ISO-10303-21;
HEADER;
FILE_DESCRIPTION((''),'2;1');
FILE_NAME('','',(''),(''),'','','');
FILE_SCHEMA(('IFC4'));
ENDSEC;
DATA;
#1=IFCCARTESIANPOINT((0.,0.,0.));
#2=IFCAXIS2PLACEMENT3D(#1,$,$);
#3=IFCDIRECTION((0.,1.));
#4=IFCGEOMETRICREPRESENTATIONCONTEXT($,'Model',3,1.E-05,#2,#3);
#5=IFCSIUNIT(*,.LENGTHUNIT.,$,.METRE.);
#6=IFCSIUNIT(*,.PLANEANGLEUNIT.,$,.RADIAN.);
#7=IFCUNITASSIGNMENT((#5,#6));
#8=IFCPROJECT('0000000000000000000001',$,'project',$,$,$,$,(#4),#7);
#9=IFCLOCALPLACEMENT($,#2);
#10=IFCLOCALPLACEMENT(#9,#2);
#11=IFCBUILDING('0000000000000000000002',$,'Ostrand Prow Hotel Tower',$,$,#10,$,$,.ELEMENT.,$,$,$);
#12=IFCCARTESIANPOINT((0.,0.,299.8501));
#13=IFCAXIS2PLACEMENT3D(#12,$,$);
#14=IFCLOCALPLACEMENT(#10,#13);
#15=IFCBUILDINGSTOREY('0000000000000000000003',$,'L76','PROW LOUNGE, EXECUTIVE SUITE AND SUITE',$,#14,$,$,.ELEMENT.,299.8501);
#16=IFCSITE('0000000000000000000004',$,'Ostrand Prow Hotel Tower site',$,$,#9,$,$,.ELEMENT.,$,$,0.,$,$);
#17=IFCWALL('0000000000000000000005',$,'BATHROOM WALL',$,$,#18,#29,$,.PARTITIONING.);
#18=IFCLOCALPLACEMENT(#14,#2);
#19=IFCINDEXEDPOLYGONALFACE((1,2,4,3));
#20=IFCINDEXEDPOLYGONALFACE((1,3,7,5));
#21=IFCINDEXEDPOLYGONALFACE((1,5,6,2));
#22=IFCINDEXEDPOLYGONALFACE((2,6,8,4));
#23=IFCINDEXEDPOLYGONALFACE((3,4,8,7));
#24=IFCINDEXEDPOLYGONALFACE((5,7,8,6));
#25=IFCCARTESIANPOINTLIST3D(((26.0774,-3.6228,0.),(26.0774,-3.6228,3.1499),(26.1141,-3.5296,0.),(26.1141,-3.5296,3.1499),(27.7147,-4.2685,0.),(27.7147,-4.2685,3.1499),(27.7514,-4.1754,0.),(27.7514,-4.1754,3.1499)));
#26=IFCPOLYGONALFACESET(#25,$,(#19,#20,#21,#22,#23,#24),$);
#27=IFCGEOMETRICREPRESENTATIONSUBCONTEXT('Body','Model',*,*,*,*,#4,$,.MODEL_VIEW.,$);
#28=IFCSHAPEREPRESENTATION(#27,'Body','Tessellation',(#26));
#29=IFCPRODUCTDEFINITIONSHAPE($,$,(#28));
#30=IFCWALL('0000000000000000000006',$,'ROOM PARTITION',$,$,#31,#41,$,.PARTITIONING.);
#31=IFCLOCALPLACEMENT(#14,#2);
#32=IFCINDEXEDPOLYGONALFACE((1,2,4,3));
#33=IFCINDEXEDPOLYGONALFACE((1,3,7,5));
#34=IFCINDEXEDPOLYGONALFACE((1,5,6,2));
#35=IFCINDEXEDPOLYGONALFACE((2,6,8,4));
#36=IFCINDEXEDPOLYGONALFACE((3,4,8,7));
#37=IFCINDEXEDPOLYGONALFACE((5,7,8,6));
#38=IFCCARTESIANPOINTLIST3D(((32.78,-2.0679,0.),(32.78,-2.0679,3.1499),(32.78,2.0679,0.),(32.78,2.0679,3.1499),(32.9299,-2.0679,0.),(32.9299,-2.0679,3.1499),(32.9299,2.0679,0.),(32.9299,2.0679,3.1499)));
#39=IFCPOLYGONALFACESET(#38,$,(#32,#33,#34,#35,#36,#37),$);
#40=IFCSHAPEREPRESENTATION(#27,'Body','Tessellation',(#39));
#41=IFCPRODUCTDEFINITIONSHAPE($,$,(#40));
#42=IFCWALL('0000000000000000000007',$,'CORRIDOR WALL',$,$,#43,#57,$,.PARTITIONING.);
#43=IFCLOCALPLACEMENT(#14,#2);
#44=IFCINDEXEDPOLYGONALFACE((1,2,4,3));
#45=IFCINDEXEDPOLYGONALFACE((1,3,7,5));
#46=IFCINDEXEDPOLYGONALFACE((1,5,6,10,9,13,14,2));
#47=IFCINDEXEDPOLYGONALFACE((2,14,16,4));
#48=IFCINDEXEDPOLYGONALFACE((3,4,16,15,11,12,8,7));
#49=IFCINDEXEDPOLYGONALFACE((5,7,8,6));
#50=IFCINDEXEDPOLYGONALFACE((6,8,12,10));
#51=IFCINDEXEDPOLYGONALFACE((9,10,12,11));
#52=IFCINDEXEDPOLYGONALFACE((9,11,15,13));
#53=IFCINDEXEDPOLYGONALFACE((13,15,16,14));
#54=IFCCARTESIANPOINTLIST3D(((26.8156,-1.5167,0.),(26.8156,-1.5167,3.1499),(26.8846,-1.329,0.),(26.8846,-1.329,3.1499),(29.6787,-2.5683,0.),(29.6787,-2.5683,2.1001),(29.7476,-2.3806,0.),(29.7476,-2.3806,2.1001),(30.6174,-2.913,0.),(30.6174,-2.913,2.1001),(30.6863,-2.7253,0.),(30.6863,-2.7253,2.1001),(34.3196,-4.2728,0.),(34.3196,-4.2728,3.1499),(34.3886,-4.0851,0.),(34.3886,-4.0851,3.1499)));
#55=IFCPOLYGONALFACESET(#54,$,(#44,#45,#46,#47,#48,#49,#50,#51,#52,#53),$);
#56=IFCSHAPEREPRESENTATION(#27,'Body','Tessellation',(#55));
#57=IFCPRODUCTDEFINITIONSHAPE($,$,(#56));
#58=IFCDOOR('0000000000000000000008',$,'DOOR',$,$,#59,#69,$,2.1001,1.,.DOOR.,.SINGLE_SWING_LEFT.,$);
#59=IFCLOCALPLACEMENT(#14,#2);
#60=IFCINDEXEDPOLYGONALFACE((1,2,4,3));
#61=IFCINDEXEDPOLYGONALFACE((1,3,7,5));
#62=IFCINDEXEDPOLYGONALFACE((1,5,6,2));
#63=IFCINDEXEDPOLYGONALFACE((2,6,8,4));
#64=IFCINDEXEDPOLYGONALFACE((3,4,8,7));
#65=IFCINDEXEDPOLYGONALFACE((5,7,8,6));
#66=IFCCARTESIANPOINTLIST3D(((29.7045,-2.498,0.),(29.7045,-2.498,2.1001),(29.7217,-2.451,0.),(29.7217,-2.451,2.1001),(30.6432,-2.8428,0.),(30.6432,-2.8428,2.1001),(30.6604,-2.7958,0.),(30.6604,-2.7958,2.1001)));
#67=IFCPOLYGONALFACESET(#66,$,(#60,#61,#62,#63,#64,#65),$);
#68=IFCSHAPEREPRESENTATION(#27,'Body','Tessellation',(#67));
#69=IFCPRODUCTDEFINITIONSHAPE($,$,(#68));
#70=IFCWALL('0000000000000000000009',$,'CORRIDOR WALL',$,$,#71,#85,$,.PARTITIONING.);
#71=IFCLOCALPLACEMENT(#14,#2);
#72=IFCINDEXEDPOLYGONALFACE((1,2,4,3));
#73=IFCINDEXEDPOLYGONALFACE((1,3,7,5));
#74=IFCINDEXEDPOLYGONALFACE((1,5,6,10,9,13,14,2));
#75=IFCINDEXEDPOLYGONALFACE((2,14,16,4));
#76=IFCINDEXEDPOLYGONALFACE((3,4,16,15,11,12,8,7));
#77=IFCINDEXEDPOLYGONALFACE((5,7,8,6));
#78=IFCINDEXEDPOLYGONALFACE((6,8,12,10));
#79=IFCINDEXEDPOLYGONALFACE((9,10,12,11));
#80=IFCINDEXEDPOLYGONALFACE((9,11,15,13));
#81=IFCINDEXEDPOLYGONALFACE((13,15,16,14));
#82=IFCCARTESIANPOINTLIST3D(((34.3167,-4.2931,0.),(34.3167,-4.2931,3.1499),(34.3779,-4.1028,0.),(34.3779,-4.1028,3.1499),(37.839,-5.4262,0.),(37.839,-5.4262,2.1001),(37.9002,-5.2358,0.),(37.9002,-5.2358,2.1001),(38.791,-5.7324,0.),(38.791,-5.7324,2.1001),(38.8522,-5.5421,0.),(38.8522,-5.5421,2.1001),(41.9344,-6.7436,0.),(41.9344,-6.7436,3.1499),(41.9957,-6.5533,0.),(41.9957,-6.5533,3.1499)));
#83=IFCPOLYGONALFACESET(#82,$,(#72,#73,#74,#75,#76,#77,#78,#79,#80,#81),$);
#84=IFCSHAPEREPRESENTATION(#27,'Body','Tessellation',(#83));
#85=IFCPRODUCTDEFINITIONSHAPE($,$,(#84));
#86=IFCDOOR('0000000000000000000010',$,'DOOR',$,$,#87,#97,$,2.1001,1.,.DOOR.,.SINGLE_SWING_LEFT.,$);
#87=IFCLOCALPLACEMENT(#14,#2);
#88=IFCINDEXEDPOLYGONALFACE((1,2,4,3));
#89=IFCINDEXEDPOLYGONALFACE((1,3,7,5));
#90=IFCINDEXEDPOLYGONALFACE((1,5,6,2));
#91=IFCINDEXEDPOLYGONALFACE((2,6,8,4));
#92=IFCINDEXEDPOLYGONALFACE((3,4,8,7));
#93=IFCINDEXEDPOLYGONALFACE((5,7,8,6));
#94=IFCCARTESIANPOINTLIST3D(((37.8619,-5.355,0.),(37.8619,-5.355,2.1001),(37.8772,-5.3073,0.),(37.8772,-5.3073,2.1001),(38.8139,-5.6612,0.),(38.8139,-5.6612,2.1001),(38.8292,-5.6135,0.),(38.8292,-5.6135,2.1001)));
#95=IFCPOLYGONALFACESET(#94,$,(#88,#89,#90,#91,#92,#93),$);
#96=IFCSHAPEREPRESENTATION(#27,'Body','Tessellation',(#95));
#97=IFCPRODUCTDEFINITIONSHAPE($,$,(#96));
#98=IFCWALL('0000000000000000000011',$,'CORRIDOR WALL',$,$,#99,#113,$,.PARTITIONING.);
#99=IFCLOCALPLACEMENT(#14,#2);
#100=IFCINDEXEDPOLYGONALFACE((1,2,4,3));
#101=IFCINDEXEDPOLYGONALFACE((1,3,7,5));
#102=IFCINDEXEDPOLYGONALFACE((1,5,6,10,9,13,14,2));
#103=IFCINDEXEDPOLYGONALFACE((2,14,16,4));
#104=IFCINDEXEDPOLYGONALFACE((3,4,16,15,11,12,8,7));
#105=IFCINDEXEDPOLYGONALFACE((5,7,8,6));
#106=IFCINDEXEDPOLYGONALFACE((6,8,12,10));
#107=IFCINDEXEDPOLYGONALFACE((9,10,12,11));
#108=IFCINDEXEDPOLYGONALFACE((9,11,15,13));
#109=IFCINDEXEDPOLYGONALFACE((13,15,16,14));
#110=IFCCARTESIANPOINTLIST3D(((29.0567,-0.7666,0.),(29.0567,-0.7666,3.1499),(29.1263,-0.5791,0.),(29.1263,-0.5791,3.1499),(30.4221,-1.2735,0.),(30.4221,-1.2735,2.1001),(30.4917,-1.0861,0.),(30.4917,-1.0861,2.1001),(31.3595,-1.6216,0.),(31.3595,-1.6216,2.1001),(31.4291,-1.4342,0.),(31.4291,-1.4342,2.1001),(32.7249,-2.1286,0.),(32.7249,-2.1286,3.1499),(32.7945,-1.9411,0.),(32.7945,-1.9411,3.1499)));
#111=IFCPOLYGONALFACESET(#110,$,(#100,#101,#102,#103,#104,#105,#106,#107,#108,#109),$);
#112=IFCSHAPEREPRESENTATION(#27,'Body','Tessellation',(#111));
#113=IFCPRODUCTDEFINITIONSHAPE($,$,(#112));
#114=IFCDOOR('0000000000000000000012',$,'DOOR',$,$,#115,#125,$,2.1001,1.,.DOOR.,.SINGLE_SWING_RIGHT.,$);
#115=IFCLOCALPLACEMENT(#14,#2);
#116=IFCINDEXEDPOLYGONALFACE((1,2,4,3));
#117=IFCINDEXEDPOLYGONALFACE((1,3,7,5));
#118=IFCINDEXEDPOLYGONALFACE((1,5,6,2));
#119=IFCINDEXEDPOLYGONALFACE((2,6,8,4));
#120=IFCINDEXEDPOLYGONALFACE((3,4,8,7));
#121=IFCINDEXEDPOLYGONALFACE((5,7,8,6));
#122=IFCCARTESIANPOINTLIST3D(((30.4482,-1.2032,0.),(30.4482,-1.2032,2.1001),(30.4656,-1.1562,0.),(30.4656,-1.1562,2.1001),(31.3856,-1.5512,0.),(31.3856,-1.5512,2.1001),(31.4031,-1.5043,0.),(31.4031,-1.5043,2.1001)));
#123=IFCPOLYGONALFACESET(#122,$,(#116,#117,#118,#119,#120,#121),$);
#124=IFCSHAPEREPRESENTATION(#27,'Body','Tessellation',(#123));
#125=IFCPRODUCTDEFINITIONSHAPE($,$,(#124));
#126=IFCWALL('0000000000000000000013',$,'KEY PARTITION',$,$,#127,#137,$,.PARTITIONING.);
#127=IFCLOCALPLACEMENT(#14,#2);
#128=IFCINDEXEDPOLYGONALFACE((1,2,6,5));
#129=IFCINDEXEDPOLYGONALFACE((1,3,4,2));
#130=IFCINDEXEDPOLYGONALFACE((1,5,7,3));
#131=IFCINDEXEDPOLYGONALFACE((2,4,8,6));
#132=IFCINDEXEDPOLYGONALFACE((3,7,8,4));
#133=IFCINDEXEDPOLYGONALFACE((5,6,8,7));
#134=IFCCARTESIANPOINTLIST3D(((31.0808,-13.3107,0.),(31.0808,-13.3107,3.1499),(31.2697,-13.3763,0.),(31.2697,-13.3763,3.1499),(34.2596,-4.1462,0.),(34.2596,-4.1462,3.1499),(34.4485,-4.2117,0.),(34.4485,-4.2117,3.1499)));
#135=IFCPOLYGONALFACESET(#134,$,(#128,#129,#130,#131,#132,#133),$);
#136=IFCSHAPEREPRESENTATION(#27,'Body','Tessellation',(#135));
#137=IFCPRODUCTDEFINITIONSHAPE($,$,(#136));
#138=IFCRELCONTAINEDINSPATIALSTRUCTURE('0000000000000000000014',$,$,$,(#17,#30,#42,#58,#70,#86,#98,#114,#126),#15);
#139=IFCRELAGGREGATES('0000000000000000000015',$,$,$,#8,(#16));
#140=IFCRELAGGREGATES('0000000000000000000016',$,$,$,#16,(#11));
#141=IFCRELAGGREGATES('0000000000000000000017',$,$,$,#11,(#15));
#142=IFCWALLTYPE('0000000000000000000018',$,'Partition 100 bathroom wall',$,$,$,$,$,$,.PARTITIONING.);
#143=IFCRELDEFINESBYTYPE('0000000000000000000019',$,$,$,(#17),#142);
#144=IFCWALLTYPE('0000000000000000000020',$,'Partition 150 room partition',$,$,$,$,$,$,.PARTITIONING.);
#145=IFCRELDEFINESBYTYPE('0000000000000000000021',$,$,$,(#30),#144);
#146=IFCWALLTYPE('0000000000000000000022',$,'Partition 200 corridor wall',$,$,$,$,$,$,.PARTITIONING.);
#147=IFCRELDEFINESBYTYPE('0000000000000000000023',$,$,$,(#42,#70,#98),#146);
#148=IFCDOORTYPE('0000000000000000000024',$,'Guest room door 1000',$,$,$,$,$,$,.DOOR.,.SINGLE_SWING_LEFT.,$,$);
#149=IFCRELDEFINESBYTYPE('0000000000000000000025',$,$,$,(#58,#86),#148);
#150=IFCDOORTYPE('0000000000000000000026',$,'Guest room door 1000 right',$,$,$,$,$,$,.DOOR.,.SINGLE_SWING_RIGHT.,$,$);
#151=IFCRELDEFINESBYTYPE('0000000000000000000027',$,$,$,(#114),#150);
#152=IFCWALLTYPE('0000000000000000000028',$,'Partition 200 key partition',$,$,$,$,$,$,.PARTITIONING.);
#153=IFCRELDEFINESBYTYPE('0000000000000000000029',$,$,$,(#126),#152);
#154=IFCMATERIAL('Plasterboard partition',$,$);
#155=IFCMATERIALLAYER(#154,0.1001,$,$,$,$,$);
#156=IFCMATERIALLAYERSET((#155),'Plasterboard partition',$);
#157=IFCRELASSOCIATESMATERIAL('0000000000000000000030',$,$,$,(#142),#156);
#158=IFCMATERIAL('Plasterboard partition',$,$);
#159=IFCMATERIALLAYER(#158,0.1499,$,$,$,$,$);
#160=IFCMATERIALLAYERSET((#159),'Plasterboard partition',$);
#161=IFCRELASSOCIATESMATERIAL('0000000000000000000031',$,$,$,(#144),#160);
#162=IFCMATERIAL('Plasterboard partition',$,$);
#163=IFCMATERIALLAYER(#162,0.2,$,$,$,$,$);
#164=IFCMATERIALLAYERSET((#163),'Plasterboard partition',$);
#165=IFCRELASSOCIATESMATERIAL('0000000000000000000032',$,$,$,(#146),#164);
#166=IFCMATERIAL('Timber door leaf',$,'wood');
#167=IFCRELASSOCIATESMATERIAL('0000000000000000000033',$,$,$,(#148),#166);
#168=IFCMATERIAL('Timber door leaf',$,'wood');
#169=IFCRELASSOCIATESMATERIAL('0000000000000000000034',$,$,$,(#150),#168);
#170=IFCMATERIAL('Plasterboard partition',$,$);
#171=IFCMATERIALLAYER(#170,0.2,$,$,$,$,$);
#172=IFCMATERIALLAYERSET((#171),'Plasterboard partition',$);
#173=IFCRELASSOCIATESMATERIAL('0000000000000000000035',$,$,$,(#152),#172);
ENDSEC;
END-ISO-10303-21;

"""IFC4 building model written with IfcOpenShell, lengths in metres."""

from ifc_helpers import new_model, si_unit, direction, frame, frame_2d, origin, place, context, subcontext, project, spatial, rectangle, extrude, material, layer, layer_set, type_object, element, fill, save


model = new_model("IFC4")

# Units and contexts
model_context = context("Model", 3, precision=1e-05, world=origin(), true_north=direction((0.0, 1.0)))
body_context = subcontext(model_context, "Body", "Model", "MODEL_VIEW")
ifc_project = project(units=[si_unit("LENGTHUNIT", "METRE"), si_unit("PLANEANGLEUNIT", "RADIAN")], contexts=[model_context])

# Site, building, storey
site_placement = place(None, origin())
site = spatial("IfcSite", under=ifc_project, at=site_placement, Name="Ostrand Prow Hotel Tower site", CompositionType="ELEMENT", RefElevation=0.0)
building_placement = place(site_placement, origin())
building = spatial("IfcBuilding", under=site, at=building_placement, Name="Ostrand Prow Hotel Tower", CompositionType="ELEMENT")
storey_placement = place(building_placement, frame((0.0, 0.0, 299.8501)))
storey = spatial("IfcBuildingStorey", under=building, at=storey_placement, Name="L76", Description="PROW LOUNGE, EXECUTIVE SUITE AND SUITE", CompositionType="ELEMENT", Elevation=299.8501)

# Shared definitions
ifc_material_1 = material(Name="Plasterboard partition")
ifc_layer_1 = layer(ifc_material_1, 0.1001)
ifc_layer_set_1 = layer_set([ifc_layer_1], Name="Plasterboard partition")
wall_type_1 = type_object("IfcWallType", Name="Partition 100 bathroom wall", PredefinedType="PARTITIONING", material=ifc_layer_set_1)

# Walls
wall_1_placement = place(storey_placement, frame((27.7329, -4.2219, 0.0), z_axis=(0.0, 0.0, 1.0), x_axis=(-0.930255, 0.366914, 0.0)))
element("IfcWall", 1, at=wall_1_placement, inside=storey, type_object=wall_type_1, Name="BATHROOM WALL", PredefinedType="PARTITIONING", context=body_context, shape_type="SweptSolid", body=[
    extrude(rectangle(XDim=1.76, YDim=0.1001, at=frame_2d((0.8799, 0.0))), origin(), (0.0, 0.0, 1.0), 3.1499),
])
ifc_material_2 = material(Name="Plasterboard partition")
ifc_layer_2 = layer(ifc_material_2, 0.1499)
ifc_layer_set_2 = layer_set([ifc_layer_2], Name="Plasterboard partition")
wall_type_2 = type_object("IfcWallType", Name="Partition 150 room partition", PredefinedType="PARTITIONING", material=ifc_layer_set_2)
wall_2_placement = place(storey_placement, frame((32.855, -2.0679, 0.0), z_axis=(0.0, 0.0, 1.0), x_axis=(0.0, 1.0, 0.0)))
element("IfcWall", 2, at=wall_2_placement, inside=storey, type_object=wall_type_2, Name="ROOM PARTITION", PredefinedType="PARTITIONING", context=body_context, shape_type="SweptSolid", body=[
    extrude(rectangle(XDim=4.1357, YDim=0.1499, at=frame_2d((2.0679, 0.0))), origin(), (0.0, 0.0, 1.0), 3.1499),
])

# Walls, openings, doors
ifc_material_3 = material(Name="Plasterboard partition")
ifc_layer_3 = layer(ifc_material_3, 0.2)
ifc_layer_set_3 = layer_set([ifc_layer_3], Name="Plasterboard partition")
wall_type_3 = type_object("IfcWallType", Name="Partition 200 corridor wall", PredefinedType="PARTITIONING", material=ifc_layer_set_3)
wall_3_placement = place(storey_placement, frame((26.8501, -1.4229, 0.0), z_axis=(0.0, 0.0, 1.0), x_axis=(0.938687, -0.34477, 0.0)))
wall_3 = element("IfcWall", 3, at=wall_3_placement, inside=storey, type_object=wall_type_3, Name="CORRIDOR WALL", PredefinedType="PARTITIONING", context=body_context, shape_type="SweptSolid", body=[
    extrude(rectangle(XDim=7.9941, YDim=0.2, at=frame_2d((3.9971, 0.0))), origin(), (0.0, 0.0, 1.0), 3.1499),
])
opening_1_placement = place(wall_3_placement, frame((3.05, 0.0, 0.0)))
opening_1 = element("IfcOpeningElement", 4, at=opening_1_placement, cuts=wall_3, PredefinedType="OPENING", context=body_context, shape_type="SweptSolid", body=[
    extrude(rectangle(XDim=1.0, YDim=2.1001, at=frame_2d((0.5, 1.05))), frame((0.0, 0.1099, 0.0), z_axis=(0.0, -1.0, 0.0), x_axis=(1.0, 0.0, 0.0)), (0.0, 0.0, 1.0), 0.22),
])
ifc_material_4 = material(Name="Timber door leaf", Category="wood")
door_type_1 = type_object("IfcDoorType", Name="Guest room door 1000", OperationType="SINGLE_SWING_LEFT", PredefinedType="DOOR", material=ifc_material_4)
door_1_placement = place(opening_1_placement, origin())
door_1 = element("IfcDoor", 5, at=door_1_placement, inside=storey, type_object=door_type_1, Name="DOOR", OperationType="SINGLE_SWING_LEFT", OverallHeight=2.1001, OverallWidth=1.0, PredefinedType="DOOR", context=body_context, shape_type="SweptSolid", body=[
    extrude(rectangle(XDim=1.0, YDim=2.1001, at=frame_2d((0.5, 1.05))), frame((0.0, 0.0249, 0.0), z_axis=(0.0, -1.0, 0.0), x_axis=(1.0, 0.0, 0.0)), (0.0, 0.0, 1.0), 0.05),
])
fill(opening_1, door_1)
wall_4_placement = place(storey_placement, frame((34.3474, -4.198, 0.0), z_axis=(0.0, 0.0, 1.0), x_axis=(0.951959, -0.306224, 0.0)))
wall_4 = element("IfcWall", 6, at=wall_4_placement, inside=storey, type_object=wall_type_3, Name="CORRIDOR WALL", PredefinedType="PARTITIONING", context=body_context, shape_type="SweptSolid", body=[
    extrude(rectangle(XDim=8.0022, YDim=0.2, at=frame_2d((4.001, 0.0))), origin(), (0.0, 0.0, 1.0), 3.1499),
])
opening_2_placement = place(wall_4_placement, frame((3.7, 0.0, 0.0)))
opening_2 = element("IfcOpeningElement", 7, at=opening_2_placement, cuts=wall_4, PredefinedType="OPENING", context=body_context, shape_type="SweptSolid", body=[
    extrude(rectangle(XDim=1.0, YDim=2.1001, at=frame_2d((0.5, 1.05))), frame((0.0, 0.1099, 0.0), z_axis=(0.0, -1.0, 0.0), x_axis=(1.0, 0.0, 0.0)), (0.0, 0.0, 1.0), 0.22),
])
door_2_placement = place(opening_2_placement, origin())
door_2 = element("IfcDoor", 8, at=door_2_placement, inside=storey, type_object=door_type_1, Name="DOOR", OperationType="SINGLE_SWING_LEFT", OverallHeight=2.1001, OverallWidth=1.0, PredefinedType="DOOR", context=body_context, shape_type="SweptSolid", body=[
    extrude(rectangle(XDim=1.0, YDim=2.1001, at=frame_2d((0.5, 1.05))), frame((0.0, 0.0249, 0.0), z_axis=(0.0, -1.0, 0.0), x_axis=(1.0, 0.0, 0.0)), (0.0, 0.0, 1.0), 0.05),
])
fill(opening_2, door_2)
wall_5_placement = place(storey_placement, frame((32.7598, -2.0349, 0.0), z_axis=(0.0, 0.0, 1.0), x_axis=(-0.93746, 0.348093, 0.0)))
wall_5 = element("IfcWall", 9, at=wall_5_placement, inside=storey, type_object=wall_type_3, Name="CORRIDOR WALL", PredefinedType="PARTITIONING", context=body_context, shape_type="SweptSolid", body=[
    extrude(rectangle(XDim=3.9128, YDim=0.2, at=frame_2d((1.9565, 0.0))), origin(), (0.0, 0.0, 1.0), 3.1499),
])
opening_3_placement = place(wall_5_placement, frame((1.4565, 0.0, 0.0)))
opening_3 = element("IfcOpeningElement", 10, at=opening_3_placement, cuts=wall_5, PredefinedType="OPENING", context=body_context, shape_type="SweptSolid", body=[
    extrude(rectangle(XDim=1.0, YDim=2.1001, at=frame_2d((0.5, 1.05))), frame((0.0, 0.1099, 0.0), z_axis=(0.0, -1.0, 0.0), x_axis=(1.0, 0.0, 0.0)), (0.0, 0.0, 1.0), 0.22),
])
ifc_material_5 = material(Name="Timber door leaf", Category="wood")
door_type_2 = type_object("IfcDoorType", Name="Guest room door 1000 right", OperationType="SINGLE_SWING_RIGHT", PredefinedType="DOOR", material=ifc_material_5)
door_3_placement = place(opening_3_placement, origin())
door_3 = element("IfcDoor", 11, at=door_3_placement, inside=storey, type_object=door_type_2, Name="DOOR", OperationType="SINGLE_SWING_RIGHT", OverallHeight=2.1001, OverallWidth=1.0, PredefinedType="DOOR", context=body_context, shape_type="SweptSolid", body=[
    extrude(rectangle(XDim=1.0, YDim=2.1001, at=frame_2d((0.5, 1.05))), frame((0.0, 0.0249, 0.0), z_axis=(0.0, -1.0, 0.0), x_axis=(1.0, 0.0, 0.0)), (0.0, 0.0, 1.0), 0.05),
])
fill(opening_3, door_3)

# Wall
ifc_material_6 = material(Name="Plasterboard partition")
ifc_layer_4 = layer(ifc_material_6, 0.2)
ifc_layer_set_4 = layer_set([ifc_layer_4], Name="Plasterboard partition")
wall_type_4 = type_object("IfcWallType", Name="Partition 200 key partition", PredefinedType="PARTITIONING", material=ifc_layer_set_4)
wall_6_placement = place(storey_placement, frame((31.1753, -13.3435, 0.0), z_axis=(0.0, 0.0, 1.0), x_axis=(0.327697, 0.944783, 0.0)))
element("IfcWall", 12, at=wall_6_placement, inside=storey, type_object=wall_type_4, Name="KEY PARTITION", PredefinedType="PARTITIONING", context=body_context, shape_type="SweptSolid", body=[
    extrude(rectangle(XDim=9.7002, YDim=0.2, at=frame_2d((4.8501, 0.0))), origin(), (0.0, 0.0, 1.0), 3.1499),
])

save(model, "model.ifc")
